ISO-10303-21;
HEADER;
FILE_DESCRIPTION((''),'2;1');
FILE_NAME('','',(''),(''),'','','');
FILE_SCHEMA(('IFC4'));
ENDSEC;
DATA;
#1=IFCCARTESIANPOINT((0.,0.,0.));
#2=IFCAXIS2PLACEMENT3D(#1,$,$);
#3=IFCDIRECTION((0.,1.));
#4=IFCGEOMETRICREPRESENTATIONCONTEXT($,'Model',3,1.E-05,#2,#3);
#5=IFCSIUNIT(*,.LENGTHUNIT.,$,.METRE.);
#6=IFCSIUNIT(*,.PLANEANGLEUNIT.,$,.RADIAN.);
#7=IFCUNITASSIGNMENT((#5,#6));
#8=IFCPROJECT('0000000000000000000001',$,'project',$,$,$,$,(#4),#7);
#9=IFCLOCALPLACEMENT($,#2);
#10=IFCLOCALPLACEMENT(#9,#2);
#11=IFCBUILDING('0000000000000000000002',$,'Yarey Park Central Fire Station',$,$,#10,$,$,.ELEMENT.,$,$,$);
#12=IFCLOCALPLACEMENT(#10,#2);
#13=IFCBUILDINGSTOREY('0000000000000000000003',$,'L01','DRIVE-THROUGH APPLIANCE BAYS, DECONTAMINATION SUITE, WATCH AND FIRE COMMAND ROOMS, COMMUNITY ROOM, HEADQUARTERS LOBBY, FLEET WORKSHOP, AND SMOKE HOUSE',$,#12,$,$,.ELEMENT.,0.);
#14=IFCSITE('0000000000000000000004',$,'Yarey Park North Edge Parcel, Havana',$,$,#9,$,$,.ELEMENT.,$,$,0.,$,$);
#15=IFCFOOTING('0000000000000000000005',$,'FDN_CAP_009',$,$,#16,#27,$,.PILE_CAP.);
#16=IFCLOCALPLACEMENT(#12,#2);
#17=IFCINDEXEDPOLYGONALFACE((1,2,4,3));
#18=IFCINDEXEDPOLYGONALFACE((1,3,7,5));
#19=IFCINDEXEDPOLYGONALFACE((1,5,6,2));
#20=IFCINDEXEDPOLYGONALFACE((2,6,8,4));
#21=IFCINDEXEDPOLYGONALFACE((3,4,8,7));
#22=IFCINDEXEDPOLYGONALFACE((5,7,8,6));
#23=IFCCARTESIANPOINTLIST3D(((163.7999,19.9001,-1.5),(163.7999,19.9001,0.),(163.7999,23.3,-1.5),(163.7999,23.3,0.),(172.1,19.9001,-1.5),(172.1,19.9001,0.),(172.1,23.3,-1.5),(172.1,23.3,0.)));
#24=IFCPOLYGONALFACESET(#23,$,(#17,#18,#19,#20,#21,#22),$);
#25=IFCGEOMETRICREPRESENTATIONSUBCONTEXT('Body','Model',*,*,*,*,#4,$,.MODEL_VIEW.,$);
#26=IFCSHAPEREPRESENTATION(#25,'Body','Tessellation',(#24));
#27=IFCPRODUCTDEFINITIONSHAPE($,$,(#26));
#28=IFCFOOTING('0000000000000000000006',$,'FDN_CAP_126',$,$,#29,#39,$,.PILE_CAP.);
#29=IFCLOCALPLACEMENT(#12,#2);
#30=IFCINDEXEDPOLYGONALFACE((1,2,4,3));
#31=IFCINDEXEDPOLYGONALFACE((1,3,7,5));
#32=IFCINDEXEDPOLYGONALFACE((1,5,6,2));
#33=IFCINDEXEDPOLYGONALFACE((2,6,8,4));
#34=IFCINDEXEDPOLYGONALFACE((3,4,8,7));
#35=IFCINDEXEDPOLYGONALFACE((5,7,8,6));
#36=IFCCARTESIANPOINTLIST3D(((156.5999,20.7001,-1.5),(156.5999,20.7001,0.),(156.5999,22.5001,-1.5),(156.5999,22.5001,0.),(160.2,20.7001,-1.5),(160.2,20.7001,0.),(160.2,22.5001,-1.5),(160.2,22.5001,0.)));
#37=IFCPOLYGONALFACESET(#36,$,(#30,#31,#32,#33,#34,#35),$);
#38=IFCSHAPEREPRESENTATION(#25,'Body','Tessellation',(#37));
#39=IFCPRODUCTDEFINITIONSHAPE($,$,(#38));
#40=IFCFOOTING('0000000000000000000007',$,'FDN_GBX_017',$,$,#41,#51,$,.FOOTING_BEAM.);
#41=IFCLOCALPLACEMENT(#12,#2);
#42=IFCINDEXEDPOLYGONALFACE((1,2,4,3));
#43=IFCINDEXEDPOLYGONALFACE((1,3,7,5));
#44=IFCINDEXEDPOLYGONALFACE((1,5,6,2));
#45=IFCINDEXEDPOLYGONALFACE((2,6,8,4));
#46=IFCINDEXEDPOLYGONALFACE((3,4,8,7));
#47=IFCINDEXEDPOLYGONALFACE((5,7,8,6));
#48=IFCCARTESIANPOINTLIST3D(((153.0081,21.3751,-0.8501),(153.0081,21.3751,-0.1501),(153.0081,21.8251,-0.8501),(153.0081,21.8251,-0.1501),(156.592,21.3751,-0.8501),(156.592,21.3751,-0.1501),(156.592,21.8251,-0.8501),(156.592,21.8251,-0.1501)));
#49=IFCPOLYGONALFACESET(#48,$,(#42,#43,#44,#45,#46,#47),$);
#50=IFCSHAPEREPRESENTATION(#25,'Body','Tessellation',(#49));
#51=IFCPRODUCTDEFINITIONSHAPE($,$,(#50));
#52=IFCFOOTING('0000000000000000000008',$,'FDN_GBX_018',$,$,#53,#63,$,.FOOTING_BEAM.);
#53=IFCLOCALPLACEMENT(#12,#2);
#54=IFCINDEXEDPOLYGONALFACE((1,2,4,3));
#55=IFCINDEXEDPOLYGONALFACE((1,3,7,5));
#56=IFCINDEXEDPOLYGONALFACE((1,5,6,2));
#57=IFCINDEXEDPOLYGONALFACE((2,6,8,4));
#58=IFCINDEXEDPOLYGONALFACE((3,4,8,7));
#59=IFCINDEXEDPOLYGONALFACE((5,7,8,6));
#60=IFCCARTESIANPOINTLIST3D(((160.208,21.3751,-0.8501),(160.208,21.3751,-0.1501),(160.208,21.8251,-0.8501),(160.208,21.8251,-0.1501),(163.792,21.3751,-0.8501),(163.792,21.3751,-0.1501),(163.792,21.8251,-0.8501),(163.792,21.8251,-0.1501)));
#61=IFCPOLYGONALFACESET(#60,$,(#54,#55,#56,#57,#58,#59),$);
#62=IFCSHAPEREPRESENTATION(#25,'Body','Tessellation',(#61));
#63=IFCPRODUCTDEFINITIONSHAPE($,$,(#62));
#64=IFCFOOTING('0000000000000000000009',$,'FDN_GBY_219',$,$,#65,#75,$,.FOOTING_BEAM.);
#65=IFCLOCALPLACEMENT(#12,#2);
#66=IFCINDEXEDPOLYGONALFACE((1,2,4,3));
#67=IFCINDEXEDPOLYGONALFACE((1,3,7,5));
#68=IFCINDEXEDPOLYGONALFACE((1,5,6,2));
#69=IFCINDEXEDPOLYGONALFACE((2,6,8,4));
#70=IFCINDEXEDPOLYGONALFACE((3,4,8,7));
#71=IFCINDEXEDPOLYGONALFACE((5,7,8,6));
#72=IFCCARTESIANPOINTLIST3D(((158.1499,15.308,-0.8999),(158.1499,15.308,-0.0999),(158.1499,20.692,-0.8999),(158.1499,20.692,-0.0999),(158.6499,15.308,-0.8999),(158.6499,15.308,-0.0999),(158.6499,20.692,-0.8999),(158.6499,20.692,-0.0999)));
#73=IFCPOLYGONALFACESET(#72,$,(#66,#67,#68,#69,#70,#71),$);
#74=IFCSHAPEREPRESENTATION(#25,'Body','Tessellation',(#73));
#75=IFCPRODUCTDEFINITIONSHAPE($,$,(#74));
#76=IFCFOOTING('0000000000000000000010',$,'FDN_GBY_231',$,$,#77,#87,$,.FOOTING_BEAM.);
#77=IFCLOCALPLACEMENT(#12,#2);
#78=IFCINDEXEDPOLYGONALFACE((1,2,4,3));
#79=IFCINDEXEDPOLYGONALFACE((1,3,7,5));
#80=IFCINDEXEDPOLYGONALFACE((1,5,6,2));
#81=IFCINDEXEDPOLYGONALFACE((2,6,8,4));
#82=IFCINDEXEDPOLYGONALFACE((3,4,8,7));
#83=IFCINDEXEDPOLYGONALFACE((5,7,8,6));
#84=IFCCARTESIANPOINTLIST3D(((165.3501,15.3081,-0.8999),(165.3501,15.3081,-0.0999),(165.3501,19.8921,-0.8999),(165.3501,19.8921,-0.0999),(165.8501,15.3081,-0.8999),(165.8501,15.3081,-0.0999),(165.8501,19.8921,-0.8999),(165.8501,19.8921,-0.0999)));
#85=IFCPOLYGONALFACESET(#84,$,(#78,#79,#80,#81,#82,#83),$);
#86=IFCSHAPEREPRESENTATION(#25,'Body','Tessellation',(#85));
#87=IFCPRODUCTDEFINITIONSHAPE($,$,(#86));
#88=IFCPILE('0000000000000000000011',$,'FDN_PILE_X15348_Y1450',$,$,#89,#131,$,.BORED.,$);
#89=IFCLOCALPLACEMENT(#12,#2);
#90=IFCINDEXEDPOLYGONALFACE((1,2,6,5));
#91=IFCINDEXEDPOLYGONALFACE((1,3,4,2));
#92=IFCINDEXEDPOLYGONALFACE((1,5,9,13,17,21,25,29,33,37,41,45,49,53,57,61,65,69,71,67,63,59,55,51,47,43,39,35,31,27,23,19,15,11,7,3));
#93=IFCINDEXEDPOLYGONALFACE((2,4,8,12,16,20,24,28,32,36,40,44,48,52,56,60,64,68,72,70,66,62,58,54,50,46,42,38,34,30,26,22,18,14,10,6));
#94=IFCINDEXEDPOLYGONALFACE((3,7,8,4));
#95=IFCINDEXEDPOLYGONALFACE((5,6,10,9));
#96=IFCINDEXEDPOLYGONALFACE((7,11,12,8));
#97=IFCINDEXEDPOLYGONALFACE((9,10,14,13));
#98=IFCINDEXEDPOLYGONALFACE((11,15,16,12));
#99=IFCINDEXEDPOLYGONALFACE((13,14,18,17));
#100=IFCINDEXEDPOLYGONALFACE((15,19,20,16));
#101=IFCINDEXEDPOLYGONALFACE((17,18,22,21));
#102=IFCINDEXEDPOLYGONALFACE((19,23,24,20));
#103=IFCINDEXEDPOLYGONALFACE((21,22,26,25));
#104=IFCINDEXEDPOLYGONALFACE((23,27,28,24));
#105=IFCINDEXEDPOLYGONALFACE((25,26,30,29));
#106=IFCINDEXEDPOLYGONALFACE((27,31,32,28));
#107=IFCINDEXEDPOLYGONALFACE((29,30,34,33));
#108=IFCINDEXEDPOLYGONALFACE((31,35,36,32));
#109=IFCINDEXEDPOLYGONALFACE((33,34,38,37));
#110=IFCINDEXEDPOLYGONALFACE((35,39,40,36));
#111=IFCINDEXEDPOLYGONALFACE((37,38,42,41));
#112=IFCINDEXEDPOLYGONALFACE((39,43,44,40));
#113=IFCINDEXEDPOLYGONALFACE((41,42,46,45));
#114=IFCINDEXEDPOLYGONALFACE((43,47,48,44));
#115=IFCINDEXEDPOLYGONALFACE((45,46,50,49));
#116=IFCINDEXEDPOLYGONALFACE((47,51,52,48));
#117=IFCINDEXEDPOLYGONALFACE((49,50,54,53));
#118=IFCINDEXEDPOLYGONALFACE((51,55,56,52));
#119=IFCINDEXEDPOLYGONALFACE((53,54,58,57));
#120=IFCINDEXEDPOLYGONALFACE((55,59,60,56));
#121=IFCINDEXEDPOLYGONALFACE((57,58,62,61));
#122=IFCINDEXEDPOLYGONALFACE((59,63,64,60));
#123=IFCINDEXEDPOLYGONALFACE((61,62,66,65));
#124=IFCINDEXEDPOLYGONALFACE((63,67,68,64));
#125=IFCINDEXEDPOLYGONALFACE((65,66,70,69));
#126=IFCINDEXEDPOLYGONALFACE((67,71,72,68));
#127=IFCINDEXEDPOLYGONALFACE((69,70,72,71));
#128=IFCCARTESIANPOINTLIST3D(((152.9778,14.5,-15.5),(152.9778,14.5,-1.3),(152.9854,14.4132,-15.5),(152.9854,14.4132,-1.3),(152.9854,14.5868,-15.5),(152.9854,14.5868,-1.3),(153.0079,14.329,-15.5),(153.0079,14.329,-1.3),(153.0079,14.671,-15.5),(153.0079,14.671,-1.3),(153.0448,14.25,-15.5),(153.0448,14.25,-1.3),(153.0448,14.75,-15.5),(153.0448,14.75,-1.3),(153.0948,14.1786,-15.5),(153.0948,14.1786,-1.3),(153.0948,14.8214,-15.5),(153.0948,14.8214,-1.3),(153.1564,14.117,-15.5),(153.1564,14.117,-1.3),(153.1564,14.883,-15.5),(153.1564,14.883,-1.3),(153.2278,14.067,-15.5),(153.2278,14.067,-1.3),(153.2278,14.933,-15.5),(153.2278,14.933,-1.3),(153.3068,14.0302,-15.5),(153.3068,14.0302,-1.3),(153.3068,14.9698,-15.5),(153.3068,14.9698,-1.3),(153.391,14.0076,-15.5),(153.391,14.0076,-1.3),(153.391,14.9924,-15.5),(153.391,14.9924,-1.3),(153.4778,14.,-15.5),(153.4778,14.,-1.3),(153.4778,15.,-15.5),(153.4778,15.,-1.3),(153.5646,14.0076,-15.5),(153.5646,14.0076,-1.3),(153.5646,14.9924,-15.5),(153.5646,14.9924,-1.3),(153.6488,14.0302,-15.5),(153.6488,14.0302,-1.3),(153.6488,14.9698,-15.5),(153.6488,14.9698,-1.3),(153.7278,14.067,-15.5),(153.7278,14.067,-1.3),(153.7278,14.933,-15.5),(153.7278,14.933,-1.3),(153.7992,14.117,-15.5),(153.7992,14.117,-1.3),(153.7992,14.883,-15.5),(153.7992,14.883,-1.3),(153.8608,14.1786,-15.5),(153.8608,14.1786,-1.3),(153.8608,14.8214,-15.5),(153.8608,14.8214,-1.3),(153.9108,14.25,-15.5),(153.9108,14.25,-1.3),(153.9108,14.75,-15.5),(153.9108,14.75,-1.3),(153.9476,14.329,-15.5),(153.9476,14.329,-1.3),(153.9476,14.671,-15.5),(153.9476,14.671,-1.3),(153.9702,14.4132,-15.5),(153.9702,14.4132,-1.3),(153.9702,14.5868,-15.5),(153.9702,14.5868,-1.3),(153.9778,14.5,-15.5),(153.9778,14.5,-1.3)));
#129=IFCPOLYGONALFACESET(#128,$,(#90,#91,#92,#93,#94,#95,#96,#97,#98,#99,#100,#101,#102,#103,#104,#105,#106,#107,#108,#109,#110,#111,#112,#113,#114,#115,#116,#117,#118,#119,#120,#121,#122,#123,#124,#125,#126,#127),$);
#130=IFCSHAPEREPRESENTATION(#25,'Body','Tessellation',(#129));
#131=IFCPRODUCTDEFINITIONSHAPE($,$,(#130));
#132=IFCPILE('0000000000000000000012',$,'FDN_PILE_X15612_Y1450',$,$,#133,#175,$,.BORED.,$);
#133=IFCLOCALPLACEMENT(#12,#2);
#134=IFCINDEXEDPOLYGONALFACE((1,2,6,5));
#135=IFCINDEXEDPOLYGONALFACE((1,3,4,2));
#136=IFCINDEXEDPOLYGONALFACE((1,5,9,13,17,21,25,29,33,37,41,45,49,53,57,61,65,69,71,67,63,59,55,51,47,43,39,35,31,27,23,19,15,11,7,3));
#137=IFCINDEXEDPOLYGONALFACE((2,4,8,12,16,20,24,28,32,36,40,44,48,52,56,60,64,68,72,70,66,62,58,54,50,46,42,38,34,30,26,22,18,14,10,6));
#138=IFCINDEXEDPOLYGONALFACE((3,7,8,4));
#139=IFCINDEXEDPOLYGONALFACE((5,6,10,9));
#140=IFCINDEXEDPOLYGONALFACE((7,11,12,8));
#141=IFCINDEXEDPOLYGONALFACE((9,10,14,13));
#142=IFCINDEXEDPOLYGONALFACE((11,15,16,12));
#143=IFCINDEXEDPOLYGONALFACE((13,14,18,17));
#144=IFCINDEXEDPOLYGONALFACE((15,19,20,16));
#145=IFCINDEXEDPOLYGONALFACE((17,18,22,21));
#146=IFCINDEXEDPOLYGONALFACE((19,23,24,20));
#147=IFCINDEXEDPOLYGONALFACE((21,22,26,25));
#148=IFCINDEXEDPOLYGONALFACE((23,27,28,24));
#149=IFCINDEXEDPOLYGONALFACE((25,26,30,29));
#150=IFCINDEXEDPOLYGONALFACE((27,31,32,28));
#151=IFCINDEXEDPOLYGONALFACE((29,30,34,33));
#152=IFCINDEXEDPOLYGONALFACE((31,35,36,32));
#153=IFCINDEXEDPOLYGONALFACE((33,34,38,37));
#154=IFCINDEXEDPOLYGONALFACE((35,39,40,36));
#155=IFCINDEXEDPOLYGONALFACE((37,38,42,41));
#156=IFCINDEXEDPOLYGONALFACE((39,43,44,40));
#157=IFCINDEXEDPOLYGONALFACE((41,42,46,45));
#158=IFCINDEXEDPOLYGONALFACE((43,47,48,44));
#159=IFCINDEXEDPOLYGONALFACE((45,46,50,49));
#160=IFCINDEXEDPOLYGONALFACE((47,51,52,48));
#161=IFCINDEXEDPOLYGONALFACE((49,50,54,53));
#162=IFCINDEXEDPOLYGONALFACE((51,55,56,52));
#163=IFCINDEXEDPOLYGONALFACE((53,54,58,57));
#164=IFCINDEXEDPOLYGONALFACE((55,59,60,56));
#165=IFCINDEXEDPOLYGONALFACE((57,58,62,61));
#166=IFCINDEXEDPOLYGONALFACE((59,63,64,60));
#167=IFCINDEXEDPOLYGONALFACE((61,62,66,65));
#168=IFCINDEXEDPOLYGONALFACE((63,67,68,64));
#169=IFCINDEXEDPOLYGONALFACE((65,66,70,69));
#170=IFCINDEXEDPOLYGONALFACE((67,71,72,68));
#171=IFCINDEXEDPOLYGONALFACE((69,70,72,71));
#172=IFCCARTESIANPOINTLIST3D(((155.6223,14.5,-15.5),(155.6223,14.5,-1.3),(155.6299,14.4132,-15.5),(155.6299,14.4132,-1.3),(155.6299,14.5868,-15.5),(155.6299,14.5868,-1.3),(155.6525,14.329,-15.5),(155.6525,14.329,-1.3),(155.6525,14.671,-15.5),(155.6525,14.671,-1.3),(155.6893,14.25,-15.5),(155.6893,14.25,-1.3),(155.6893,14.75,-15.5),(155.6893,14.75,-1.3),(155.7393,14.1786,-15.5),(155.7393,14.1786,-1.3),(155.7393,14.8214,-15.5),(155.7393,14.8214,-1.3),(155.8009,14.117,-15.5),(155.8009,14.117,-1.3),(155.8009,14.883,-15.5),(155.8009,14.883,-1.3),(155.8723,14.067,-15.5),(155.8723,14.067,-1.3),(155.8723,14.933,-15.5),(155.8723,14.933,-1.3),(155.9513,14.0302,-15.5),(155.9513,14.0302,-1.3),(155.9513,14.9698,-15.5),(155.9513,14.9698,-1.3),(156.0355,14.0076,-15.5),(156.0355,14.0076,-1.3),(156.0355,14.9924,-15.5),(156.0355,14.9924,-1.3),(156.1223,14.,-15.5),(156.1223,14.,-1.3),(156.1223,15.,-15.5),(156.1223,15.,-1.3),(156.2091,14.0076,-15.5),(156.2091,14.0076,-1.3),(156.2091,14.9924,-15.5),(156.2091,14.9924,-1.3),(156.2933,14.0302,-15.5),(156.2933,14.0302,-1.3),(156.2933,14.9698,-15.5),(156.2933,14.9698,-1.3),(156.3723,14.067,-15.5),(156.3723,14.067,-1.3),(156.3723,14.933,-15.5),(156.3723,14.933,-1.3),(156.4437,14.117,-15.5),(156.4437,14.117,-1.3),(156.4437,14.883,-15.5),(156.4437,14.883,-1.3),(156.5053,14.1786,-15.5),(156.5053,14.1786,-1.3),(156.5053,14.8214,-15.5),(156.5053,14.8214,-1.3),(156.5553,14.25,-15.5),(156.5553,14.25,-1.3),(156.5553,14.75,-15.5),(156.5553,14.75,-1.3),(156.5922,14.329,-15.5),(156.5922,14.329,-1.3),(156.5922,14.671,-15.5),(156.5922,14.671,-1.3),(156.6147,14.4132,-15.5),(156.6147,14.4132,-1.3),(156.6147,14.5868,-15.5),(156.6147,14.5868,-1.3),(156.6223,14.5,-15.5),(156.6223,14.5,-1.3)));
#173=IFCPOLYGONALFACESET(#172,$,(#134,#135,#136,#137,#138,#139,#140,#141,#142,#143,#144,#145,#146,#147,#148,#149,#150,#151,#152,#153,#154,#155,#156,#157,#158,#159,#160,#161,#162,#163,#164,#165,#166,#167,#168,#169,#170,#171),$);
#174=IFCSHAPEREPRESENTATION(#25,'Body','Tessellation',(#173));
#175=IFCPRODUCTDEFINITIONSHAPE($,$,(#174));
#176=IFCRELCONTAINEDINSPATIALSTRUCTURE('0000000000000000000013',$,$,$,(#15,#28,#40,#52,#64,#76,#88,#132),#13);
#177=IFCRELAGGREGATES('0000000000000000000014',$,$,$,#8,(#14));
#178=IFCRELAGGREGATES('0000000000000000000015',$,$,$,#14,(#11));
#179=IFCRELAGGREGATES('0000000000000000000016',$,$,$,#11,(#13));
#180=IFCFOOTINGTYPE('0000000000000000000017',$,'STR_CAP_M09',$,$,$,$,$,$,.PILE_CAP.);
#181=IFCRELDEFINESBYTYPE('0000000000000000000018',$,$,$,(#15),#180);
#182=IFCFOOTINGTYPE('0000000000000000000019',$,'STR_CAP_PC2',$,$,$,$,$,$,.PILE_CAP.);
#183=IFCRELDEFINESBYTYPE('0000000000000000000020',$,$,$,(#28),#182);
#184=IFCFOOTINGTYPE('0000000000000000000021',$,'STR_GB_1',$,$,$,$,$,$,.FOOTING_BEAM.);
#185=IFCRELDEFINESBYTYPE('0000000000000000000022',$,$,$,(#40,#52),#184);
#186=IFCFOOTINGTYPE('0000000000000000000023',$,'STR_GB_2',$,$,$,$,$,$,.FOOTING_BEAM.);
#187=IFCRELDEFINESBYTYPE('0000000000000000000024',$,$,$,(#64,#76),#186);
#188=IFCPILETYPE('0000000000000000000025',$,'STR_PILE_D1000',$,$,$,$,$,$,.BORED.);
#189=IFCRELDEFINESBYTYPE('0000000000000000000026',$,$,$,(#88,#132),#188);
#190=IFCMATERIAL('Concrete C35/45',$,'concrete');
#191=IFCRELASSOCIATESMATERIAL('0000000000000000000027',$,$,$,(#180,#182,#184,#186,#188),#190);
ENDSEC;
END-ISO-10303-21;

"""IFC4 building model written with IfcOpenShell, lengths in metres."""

from ifc_helpers import new_model, si_unit, direction, frame, origin, origin_2d, place, context, subcontext, project, spatial, rectangle, circle, extrude, material, material_profile, profile_set, type_object, element, save


model = new_model("IFC4")

# Units and contexts
model_context = context("Model", 3, precision=1e-05, world=origin(), true_north=direction((0.0, 1.0)))
body_context = subcontext(model_context, "Body", "Model", "MODEL_VIEW")
ifc_project = project(units=[si_unit("LENGTHUNIT", "METRE"), si_unit("PLANEANGLEUNIT", "RADIAN")], contexts=[model_context])

# Site, building, storey
site_placement = place(None, origin())
site = spatial("IfcSite", under=ifc_project, at=site_placement, Name="Yarey Park North Edge Parcel, Havana", CompositionType="ELEMENT", RefElevation=0.0)
building_placement = place(site_placement, origin())
building = spatial("IfcBuilding", under=site, at=building_placement, Name="Yarey Park Central Fire Station", CompositionType="ELEMENT")
storey_placement = place(building_placement, origin())
storey = spatial("IfcBuildingStorey", under=building, at=storey_placement, Name="L01", Description="DRIVE-THROUGH APPLIANCE BAYS, DECONTAMINATION SUITE, WATCH AND FIRE COMMAND ROOMS, COMMUNITY ROOM, HEADQUARTERS LOBBY, FLEET WORKSHOP, AND SMOKE HOUSE", CompositionType="ELEMENT", Elevation=0.0)

# Footings
ifc_material_1 = material(Name="Concrete C35/45", Category="concrete")
footing_type_1 = type_object("IfcFootingType", Name="STR_CAP_M09", PredefinedType="PILE_CAP", material=ifc_material_1)
footing_1_placement = place(storey_placement, frame((167.95, 21.6001, -1.5), z_axis=(0.0, 0.0, 1.0), x_axis=(1.0, 0.0, 0.0)))
element("IfcFooting", 1, at=footing_1_placement, inside=storey, type_object=footing_type_1, Name="FDN_CAP_009", PredefinedType="PILE_CAP", context=body_context, shape_type="SweptSolid", body=[
    extrude(rectangle(XDim=8.3, YDim=3.3999, at=origin_2d()), origin(), (0.0, 0.0, 1.0), 1.5),
])
footing_type_2 = type_object("IfcFootingType", Name="STR_CAP_PC2", PredefinedType="PILE_CAP", material=ifc_material_1)
footing_2_placement = place(storey_placement, frame((158.3999, 21.6001, -1.5), z_axis=(0.0, 0.0, 1.0), x_axis=(1.0, 0.0, 0.0)))
element("IfcFooting", 2, at=footing_2_placement, inside=storey, type_object=footing_type_2, Name="FDN_CAP_126", PredefinedType="PILE_CAP", context=body_context, shape_type="SweptSolid", body=[
    extrude(rectangle(XDim=3.6001, YDim=1.8, at=origin_2d()), origin(), (0.0, 0.0, 1.0), 1.5),
])
footing_type_3 = type_object("IfcFootingType", Name="STR_GB_1", PredefinedType="FOOTING_BEAM", material=ifc_material_1)
for number, where, z_axis, x_axis, name in (
    (3, (154.8, 21.6001, -0.8501), (0.0, 0.0, 1.0), (1.0, 0.0, 0.0), "FDN_GBX_017"),
    (4, (162.0, 21.6001, -0.8501), (0.0, 0.0, 1.0), (1.0, 0.0, 0.0), "FDN_GBX_018"),
):
    element("IfcFooting", number, at=place(storey_placement, frame(where, z_axis=z_axis, x_axis=x_axis)), inside=storey, type_object=footing_type_3, Name=name, PredefinedType="FOOTING_BEAM", context=body_context, shape_type="SweptSolid", body=[
        extrude(rectangle(XDim=3.584, YDim=0.45, at=origin_2d()), origin(), (0.0, 0.0, 1.0), 0.7),
    ])
footing_type_4 = type_object("IfcFootingType", Name="STR_GB_2", PredefinedType="FOOTING_BEAM", material=ifc_material_1)
footing_3_placement = place(storey_placement, frame((158.3999, 18.0, -0.8999), z_axis=(0.0, 0.0, 1.0), x_axis=(1.0, 0.0, 0.0)))
element("IfcFooting", 5, at=footing_3_placement, inside=storey, type_object=footing_type_4, Name="FDN_GBY_219", PredefinedType="FOOTING_BEAM", context=body_context, shape_type="SweptSolid", body=[
    extrude(rectangle(XDim=0.5, YDim=5.384, at=origin_2d()), origin(), (0.0, 0.0, 1.0), 0.8),
])
footing_4_placement = place(storey_placement, frame((165.6001, 17.6001, -0.8999), z_axis=(0.0, 0.0, 1.0), x_axis=(1.0, 0.0, 0.0)))
element("IfcFooting", 6, at=footing_4_placement, inside=storey, type_object=footing_type_4, Name="FDN_GBY_231", PredefinedType="FOOTING_BEAM", context=body_context, shape_type="SweptSolid", body=[
    extrude(rectangle(XDim=0.5, YDim=4.584, at=origin_2d()), origin(), (0.0, 0.0, 1.0), 0.8),
])

# Piles
ifc_material_profile_1 = material_profile(ifc_material_1, circle(Radius=0.5, at=origin_2d()), Name="BORED PILE D1000")
ifc_profile_set_1 = profile_set([ifc_material_profile_1], Name="Concrete C35/45")
pile_type_1 = type_object("IfcPileType", Name="STR_PILE_D1000", PredefinedType="BORED", material=ifc_profile_set_1)
for number, where, z_axis, x_axis, name in (
    (7, (153.4778, 14.5, -1.3), (0.0, 0.0, -1.0), (1.0, 0.0, 0.0), "FDN_PILE_X15348_Y1450"),
    (8, (156.1223, 14.5, -1.3), (0.0, 0.0, -1.0), (1.0, 0.0, 0.0), "FDN_PILE_X15612_Y1450"),
):
    element("IfcPile", number, at=place(storey_placement, frame(where, z_axis=z_axis, x_axis=x_axis)), inside=storey, type_object=pile_type_1, Name=name, PredefinedType="BORED", context=body_context, shape_type="SweptSolid", body=[
        extrude(circle(Radius=0.5, at=origin_2d()), origin(), (0.0, 0.0, 1.0), 14.2),
    ])

save(model, "model.ifc")
